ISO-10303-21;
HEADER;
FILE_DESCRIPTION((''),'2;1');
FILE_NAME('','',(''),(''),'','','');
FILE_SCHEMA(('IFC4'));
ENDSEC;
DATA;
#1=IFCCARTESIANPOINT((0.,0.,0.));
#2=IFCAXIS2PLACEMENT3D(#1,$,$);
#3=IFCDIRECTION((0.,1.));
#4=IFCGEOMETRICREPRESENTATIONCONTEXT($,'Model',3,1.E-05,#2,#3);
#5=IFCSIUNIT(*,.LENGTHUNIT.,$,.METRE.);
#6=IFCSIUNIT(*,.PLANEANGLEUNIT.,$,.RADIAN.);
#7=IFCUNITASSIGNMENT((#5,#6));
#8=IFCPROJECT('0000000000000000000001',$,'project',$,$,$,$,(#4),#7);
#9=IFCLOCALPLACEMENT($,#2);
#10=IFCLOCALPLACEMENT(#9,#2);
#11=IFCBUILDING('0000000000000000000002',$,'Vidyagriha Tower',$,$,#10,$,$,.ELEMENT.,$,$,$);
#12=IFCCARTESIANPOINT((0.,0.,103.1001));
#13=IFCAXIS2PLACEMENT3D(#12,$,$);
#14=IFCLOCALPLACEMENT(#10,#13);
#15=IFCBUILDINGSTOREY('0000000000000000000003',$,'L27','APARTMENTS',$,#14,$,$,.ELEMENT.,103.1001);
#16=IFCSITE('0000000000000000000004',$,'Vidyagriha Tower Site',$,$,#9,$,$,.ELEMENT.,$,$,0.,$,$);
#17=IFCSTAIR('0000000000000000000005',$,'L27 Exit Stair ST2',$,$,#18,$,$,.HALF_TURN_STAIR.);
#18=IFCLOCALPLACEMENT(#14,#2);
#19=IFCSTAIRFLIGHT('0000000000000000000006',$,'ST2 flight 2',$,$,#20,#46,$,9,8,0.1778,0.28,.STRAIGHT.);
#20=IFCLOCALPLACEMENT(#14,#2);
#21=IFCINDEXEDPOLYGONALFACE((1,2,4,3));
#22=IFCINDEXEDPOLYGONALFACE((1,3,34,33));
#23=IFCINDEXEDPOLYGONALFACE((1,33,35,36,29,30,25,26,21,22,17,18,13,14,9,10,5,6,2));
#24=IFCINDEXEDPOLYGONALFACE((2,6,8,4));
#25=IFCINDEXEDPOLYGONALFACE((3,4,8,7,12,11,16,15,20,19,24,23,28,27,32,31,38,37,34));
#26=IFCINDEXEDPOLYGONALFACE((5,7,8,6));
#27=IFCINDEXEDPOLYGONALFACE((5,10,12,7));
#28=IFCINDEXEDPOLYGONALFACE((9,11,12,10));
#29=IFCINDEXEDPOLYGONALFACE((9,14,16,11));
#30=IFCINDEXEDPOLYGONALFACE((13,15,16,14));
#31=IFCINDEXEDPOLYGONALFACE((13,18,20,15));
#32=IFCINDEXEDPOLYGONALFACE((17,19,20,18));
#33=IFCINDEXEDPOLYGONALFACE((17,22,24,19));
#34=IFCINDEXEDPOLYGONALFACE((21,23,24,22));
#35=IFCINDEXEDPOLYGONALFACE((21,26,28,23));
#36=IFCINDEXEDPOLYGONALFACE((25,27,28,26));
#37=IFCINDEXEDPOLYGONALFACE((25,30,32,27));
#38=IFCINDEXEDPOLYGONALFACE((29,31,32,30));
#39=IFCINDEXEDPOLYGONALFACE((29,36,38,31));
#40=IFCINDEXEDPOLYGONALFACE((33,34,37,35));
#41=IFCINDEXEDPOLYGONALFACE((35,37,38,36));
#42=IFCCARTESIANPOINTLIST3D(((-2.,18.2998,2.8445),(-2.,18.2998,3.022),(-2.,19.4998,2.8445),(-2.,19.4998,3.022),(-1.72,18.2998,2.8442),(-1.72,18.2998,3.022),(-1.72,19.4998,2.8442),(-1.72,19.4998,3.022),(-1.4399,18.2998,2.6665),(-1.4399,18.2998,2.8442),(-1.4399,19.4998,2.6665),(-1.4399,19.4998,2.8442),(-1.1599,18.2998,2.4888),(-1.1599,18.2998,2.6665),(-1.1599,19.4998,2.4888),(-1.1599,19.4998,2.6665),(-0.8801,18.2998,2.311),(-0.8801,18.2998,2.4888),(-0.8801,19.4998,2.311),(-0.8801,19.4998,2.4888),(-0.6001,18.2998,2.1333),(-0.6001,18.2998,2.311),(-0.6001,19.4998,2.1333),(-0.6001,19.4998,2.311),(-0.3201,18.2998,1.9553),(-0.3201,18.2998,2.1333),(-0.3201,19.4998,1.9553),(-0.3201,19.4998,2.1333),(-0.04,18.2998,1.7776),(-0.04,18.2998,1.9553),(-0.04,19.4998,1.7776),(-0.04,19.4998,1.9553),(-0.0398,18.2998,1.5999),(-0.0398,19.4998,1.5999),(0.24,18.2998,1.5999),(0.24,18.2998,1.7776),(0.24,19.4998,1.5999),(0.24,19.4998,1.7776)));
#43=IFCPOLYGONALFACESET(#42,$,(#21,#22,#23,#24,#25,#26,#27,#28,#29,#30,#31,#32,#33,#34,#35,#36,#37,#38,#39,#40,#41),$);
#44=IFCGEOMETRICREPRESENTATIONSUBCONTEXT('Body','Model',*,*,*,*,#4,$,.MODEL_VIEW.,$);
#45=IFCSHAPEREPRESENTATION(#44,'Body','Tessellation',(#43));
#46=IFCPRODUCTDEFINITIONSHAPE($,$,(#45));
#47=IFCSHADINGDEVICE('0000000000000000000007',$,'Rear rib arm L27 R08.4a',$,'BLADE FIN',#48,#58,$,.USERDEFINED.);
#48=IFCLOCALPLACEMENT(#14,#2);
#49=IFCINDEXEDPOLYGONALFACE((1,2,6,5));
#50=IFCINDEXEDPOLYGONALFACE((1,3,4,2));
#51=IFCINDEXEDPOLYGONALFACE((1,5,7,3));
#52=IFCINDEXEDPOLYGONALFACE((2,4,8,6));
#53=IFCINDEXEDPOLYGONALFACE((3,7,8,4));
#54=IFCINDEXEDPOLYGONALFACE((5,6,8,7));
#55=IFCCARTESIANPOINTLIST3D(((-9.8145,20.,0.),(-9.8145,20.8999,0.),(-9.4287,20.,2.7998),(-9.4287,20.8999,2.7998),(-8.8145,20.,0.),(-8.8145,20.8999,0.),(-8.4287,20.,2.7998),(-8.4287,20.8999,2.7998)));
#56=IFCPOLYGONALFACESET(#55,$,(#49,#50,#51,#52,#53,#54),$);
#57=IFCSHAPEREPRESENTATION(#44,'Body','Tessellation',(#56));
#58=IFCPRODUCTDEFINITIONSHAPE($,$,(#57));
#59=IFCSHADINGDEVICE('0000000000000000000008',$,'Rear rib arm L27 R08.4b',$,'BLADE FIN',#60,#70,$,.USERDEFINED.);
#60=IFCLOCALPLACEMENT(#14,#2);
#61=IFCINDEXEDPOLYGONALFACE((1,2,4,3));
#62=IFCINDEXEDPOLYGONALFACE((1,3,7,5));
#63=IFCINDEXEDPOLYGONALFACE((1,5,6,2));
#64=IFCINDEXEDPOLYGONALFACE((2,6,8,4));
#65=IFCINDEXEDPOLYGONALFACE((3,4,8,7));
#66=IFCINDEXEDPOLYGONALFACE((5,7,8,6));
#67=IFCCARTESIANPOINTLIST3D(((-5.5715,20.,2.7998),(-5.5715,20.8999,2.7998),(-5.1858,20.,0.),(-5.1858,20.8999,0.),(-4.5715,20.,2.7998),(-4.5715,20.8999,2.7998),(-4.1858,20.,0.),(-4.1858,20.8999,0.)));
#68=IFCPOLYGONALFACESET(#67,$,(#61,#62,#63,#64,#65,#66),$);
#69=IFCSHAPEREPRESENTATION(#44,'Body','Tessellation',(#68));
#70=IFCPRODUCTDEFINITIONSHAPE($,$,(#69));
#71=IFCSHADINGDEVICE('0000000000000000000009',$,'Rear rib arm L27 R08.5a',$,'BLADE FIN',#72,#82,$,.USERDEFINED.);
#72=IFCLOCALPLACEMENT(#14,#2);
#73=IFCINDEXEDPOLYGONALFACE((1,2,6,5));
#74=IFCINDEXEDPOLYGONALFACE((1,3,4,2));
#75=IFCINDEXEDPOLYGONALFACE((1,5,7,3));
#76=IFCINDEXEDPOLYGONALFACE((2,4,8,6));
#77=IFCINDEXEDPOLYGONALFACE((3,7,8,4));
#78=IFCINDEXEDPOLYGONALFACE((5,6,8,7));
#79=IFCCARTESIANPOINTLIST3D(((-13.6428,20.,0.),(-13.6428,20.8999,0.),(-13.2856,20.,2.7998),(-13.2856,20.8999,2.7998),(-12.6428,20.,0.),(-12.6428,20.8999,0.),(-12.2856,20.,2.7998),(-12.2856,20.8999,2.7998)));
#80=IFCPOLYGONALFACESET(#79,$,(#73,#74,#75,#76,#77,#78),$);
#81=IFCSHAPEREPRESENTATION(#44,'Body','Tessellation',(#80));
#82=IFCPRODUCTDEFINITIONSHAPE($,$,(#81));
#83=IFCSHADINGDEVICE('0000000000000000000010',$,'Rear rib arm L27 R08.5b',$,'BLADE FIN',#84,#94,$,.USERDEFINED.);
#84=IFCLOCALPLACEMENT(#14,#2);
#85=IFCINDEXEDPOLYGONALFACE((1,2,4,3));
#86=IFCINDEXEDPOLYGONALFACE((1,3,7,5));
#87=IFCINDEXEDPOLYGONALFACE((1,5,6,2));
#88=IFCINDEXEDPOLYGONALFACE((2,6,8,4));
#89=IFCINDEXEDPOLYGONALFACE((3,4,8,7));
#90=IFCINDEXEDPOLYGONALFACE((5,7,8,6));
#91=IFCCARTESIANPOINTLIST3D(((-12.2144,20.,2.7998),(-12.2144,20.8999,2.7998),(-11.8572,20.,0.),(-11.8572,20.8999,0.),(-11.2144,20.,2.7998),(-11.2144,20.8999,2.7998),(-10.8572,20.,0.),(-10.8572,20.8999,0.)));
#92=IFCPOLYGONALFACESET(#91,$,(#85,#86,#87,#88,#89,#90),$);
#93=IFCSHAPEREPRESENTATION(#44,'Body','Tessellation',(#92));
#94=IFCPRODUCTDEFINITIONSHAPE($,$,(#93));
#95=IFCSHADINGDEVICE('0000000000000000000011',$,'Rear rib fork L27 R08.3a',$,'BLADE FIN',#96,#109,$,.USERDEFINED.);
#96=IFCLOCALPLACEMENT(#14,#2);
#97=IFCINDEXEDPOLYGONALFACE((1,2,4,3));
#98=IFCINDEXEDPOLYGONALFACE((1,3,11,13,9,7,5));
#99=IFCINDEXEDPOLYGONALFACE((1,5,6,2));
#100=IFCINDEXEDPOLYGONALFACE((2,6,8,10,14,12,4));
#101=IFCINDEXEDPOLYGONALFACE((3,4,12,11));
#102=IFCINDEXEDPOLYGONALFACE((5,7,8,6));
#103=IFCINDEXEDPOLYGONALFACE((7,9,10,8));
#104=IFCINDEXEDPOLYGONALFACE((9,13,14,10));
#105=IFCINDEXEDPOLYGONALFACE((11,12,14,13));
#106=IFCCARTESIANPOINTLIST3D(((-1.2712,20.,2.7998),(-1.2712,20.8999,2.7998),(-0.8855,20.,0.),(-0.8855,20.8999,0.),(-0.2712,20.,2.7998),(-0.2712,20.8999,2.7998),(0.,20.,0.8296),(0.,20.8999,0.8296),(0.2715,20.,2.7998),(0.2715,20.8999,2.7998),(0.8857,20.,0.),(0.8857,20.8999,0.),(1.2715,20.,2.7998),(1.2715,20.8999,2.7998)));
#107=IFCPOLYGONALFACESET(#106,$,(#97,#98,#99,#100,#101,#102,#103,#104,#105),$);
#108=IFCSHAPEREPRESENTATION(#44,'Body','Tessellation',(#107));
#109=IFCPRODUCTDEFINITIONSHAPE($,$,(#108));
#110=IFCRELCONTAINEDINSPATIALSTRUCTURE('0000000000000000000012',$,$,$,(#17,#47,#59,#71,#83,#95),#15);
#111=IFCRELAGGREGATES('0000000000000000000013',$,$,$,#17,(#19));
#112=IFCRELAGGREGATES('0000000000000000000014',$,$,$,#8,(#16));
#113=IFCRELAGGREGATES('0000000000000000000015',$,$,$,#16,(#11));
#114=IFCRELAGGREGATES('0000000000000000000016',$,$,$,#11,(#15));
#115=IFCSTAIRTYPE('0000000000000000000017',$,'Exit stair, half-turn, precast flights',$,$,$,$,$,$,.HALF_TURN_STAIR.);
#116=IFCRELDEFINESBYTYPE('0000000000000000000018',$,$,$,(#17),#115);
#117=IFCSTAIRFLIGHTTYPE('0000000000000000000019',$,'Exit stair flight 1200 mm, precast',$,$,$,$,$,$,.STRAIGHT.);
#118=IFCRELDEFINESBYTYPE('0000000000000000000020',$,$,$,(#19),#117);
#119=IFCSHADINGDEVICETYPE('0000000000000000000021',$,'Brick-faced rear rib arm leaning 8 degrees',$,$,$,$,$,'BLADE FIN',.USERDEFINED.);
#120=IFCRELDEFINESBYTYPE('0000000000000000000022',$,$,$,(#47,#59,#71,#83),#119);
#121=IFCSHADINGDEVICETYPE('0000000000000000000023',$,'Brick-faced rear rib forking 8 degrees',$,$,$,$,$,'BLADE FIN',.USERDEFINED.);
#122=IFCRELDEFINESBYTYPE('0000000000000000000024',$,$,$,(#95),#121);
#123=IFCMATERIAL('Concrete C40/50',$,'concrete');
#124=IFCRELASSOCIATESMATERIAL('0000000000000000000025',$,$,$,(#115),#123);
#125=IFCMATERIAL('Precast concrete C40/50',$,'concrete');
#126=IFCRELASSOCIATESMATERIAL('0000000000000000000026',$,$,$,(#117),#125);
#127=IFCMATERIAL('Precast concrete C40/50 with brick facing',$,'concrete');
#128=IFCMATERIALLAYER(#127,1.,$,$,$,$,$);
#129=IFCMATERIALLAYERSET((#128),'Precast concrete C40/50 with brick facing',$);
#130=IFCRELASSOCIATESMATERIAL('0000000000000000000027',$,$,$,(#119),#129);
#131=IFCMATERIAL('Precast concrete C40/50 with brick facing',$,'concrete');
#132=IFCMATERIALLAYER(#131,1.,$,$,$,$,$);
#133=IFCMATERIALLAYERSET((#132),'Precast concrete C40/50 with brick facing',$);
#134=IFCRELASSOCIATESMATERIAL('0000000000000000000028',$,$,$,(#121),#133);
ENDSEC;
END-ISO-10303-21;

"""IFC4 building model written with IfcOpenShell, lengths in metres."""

from ifc_helpers import new_model, si_unit, direction, frame, origin, place, context, subcontext, project, spatial, polyline, outline, extrude, material, layer, layer_set, type_object, element, aggregate, save


model = new_model("IFC4")

# Units and contexts
model_context = context("Model", 3, precision=1e-05, world=origin(), true_north=direction((0.0, 1.0)))
body_context = subcontext(model_context, "Body", "Model", "MODEL_VIEW")
ifc_project = project(units=[si_unit("LENGTHUNIT", "METRE"), si_unit("PLANEANGLEUNIT", "RADIAN")], contexts=[model_context])

# Site, building, storey
site_placement = place(None, origin())
site = spatial("IfcSite", under=ifc_project, at=site_placement, Name="Vidyagriha Tower Site", CompositionType="ELEMENT", RefElevation=0.0)
building_placement = place(site_placement, origin())
building = spatial("IfcBuilding", under=site, at=building_placement, Name="Vidyagriha Tower", CompositionType="ELEMENT")
storey_placement = place(building_placement, frame((0.0, 0.0, 103.1001)))
storey = spatial("IfcBuildingStorey", under=building, at=storey_placement, Name="L27", Description="APARTMENTS", CompositionType="ELEMENT", Elevation=103.1001)

# Stair, stair flight
ifc_material_1 = material(Name="Concrete C40/50", Category="concrete")
stair_type = type_object("IfcStairType", Name="Exit stair, half-turn, precast flights", PredefinedType="HALF_TURN_STAIR", material=ifc_material_1)
ifc_material_2 = material(Name="Precast concrete C40/50", Category="concrete")
stair_flight_type = type_object("IfcStairFlightType", Name="Exit stair flight 1200 mm, precast", PredefinedType="STRAIGHT", material=ifc_material_2)
stair_1_placement = place(storey_placement, origin())
stair_1 = element("IfcStair", 1, at=stair_1_placement, inside=storey, type_object=stair_type, Name="L27 Exit Stair ST2", PredefinedType="HALF_TURN_STAIR")
stair_flight_1_placement = place(storey_placement, frame((0.24, 18.8999, 1.5999), z_axis=(0.0, 0.0, 1.0), x_axis=(-1.0, 0.0, 0.0)))
stair_flight_1 = element("IfcStairFlight", 2, at=stair_flight_1_placement, type_object=stair_flight_type, Name="ST2 flight 2", NumberOfRisers=9, NumberOfTreads=8, PredefinedType="STRAIGHT", RiserHeight=0.1778, TreadLength=0.28, context=body_context, shape_type="SweptSolid", body=[
    extrude(outline(polyline([(0.0, 0.0), (0.0, 0.1777), (0.28, 0.1777), (0.28, 0.3555), (0.5601, 0.3555), (0.5601, 0.5334), (0.8401, 0.5334), (0.8401, 0.7112), (1.1201, 0.7112), (1.1201, 0.8889), (1.3999, 0.8889), (1.3999, 1.0667), (1.6799, 1.0667), (1.6799, 1.2444), (1.96, 1.2444), (1.96, 1.4221), (2.24, 1.4221), (2.24, 1.6001), (2.24, 1.2446), (0.2798, 0.0), (0.0, 0.0)])), frame((0.0, 0.6001, 0.0), z_axis=(0.0, -1.0, 0.0), x_axis=(1.0, 0.0, 0.0)), (0.0, 0.0, 1.0), 1.2),
])
aggregate(stair_1, [stair_flight_1])

# Shading devices
ifc_material_3 = material(Name="Precast concrete C40/50 with brick facing", Category="concrete")
ifc_layer_1 = layer(ifc_material_3, 1.0)
ifc_layer_set_1 = layer_set([ifc_layer_1], Name="Precast concrete C40/50 with brick facing")
shading_device_type_1 = type_object("IfcShadingDeviceType", Name="Brick-faced rear rib arm leaning 8 degrees", ElementType="BLADE FIN", PredefinedType="USERDEFINED", material=ifc_layer_set_1)
shading_device_1_placement = place(storey_placement, frame((-8.4287, 20.45, 0.0), z_axis=(0.0, 0.0, 1.0), x_axis=(-1.0, 0.0, 0.0)))
element("IfcShadingDevice", 3, at=shading_device_1_placement, inside=storey, type_object=shading_device_type_1, Name="Rear rib arm L27 R08.4a", ObjectType="BLADE FIN", PredefinedType="USERDEFINED", context=body_context, shape_type="SweptSolid", body=[
    extrude(outline(polyline([(0.3857, 0.0), (1.3857, 0.0), (1.0, 2.7998), (0.0, 2.7998), (0.3857, 0.0)])), frame((0.0, 0.45, 0.0), z_axis=(0.0, -1.0, 0.0), x_axis=(1.0, 0.0, 0.0)), (0.0, 0.0, 1.0), 0.8999),
])
shading_device_2_placement = place(storey_placement, frame((-4.1858, 20.45, 0.0), z_axis=(0.0, 0.0, 1.0), x_axis=(-1.0, 0.0, 0.0)))
element("IfcShadingDevice", 4, at=shading_device_2_placement, inside=storey, type_object=shading_device_type_1, Name="Rear rib arm L27 R08.4b", ObjectType="BLADE FIN", PredefinedType="USERDEFINED", context=body_context, shape_type="SweptSolid", body=[
    extrude(outline(polyline([(0.0, 0.0), (1.0, 0.0), (1.3857, 2.7998), (0.3857, 2.7998), (0.0, 0.0)])), frame((0.0, 0.45, 0.0), z_axis=(0.0, -1.0, 0.0), x_axis=(1.0, 0.0, 0.0)), (0.0, 0.0, 1.0), 0.8999),
])
shading_device_3_placement = place(storey_placement, frame((-12.2856, 20.45, 0.0), z_axis=(0.0, 0.0, 1.0), x_axis=(-1.0, 0.0, 0.0)))
element("IfcShadingDevice", 5, at=shading_device_3_placement, inside=storey, type_object=shading_device_type_1, Name="Rear rib arm L27 R08.5a", ObjectType="BLADE FIN", PredefinedType="USERDEFINED", context=body_context, shape_type="SweptSolid", body=[
    extrude(outline(polyline([(0.3572, 0.0), (1.3572, 0.0), (1.0, 2.7998), (0.0, 2.7998), (0.3572, 0.0)])), frame((0.0, 0.45, 0.0), z_axis=(0.0, -1.0, 0.0), x_axis=(1.0, 0.0, 0.0)), (0.0, 0.0, 1.0), 0.8999),
])
shading_device_4_placement = place(storey_placement, frame((-10.8572, 20.45, 0.0), z_axis=(0.0, 0.0, 1.0), x_axis=(-1.0, 0.0, 0.0)))
element("IfcShadingDevice", 6, at=shading_device_4_placement, inside=storey, type_object=shading_device_type_1, Name="Rear rib arm L27 R08.5b", ObjectType="BLADE FIN", PredefinedType="USERDEFINED", context=body_context, shape_type="SweptSolid", body=[
    extrude(outline(polyline([(0.0, 0.0), (1.0, 0.0), (1.3572, 2.7998), (0.3572, 2.7998), (0.0, 0.0)])), frame((0.0, 0.45, 0.0), z_axis=(0.0, -1.0, 0.0), x_axis=(1.0, 0.0, 0.0)), (0.0, 0.0, 1.0), 0.8999),
])
ifc_material_4 = material(Name="Precast concrete C40/50 with brick facing", Category="concrete")
ifc_layer_2 = layer(ifc_material_4, 1.0)
ifc_layer_set_2 = layer_set([ifc_layer_2], Name="Precast concrete C40/50 with brick facing")
shading_device_type_2 = type_object("IfcShadingDeviceType", Name="Brick-faced rear rib forking 8 degrees", ElementType="BLADE FIN", PredefinedType="USERDEFINED", material=ifc_layer_set_2)
shading_device_5_placement = place(storey_placement, frame((1.2715, 20.45, 0.0), z_axis=(0.0, 0.0, 1.0), x_axis=(-1.0, 0.0, 0.0)))
element("IfcShadingDevice", 7, at=shading_device_5_placement, inside=storey, type_object=shading_device_type_2, Name="Rear rib fork L27 R08.3a", ObjectType="BLADE FIN", PredefinedType="USERDEFINED", context=body_context, shape_type="SweptSolid", body=[
    extrude(outline(polyline([(0.3857, 0.0), (2.157, 0.0), (2.5427, 2.7998), (1.5427, 2.7998), (1.2715, 0.8296), (1.0, 2.7998), (0.0, 2.7998), (0.3857, 0.0)])), frame((0.0, 0.45, 0.0), z_axis=(0.0, -1.0, 0.0), x_axis=(1.0, 0.0, 0.0)), (0.0, 0.0, 1.0), 0.8999),
])

save(model, "model.ifc")
